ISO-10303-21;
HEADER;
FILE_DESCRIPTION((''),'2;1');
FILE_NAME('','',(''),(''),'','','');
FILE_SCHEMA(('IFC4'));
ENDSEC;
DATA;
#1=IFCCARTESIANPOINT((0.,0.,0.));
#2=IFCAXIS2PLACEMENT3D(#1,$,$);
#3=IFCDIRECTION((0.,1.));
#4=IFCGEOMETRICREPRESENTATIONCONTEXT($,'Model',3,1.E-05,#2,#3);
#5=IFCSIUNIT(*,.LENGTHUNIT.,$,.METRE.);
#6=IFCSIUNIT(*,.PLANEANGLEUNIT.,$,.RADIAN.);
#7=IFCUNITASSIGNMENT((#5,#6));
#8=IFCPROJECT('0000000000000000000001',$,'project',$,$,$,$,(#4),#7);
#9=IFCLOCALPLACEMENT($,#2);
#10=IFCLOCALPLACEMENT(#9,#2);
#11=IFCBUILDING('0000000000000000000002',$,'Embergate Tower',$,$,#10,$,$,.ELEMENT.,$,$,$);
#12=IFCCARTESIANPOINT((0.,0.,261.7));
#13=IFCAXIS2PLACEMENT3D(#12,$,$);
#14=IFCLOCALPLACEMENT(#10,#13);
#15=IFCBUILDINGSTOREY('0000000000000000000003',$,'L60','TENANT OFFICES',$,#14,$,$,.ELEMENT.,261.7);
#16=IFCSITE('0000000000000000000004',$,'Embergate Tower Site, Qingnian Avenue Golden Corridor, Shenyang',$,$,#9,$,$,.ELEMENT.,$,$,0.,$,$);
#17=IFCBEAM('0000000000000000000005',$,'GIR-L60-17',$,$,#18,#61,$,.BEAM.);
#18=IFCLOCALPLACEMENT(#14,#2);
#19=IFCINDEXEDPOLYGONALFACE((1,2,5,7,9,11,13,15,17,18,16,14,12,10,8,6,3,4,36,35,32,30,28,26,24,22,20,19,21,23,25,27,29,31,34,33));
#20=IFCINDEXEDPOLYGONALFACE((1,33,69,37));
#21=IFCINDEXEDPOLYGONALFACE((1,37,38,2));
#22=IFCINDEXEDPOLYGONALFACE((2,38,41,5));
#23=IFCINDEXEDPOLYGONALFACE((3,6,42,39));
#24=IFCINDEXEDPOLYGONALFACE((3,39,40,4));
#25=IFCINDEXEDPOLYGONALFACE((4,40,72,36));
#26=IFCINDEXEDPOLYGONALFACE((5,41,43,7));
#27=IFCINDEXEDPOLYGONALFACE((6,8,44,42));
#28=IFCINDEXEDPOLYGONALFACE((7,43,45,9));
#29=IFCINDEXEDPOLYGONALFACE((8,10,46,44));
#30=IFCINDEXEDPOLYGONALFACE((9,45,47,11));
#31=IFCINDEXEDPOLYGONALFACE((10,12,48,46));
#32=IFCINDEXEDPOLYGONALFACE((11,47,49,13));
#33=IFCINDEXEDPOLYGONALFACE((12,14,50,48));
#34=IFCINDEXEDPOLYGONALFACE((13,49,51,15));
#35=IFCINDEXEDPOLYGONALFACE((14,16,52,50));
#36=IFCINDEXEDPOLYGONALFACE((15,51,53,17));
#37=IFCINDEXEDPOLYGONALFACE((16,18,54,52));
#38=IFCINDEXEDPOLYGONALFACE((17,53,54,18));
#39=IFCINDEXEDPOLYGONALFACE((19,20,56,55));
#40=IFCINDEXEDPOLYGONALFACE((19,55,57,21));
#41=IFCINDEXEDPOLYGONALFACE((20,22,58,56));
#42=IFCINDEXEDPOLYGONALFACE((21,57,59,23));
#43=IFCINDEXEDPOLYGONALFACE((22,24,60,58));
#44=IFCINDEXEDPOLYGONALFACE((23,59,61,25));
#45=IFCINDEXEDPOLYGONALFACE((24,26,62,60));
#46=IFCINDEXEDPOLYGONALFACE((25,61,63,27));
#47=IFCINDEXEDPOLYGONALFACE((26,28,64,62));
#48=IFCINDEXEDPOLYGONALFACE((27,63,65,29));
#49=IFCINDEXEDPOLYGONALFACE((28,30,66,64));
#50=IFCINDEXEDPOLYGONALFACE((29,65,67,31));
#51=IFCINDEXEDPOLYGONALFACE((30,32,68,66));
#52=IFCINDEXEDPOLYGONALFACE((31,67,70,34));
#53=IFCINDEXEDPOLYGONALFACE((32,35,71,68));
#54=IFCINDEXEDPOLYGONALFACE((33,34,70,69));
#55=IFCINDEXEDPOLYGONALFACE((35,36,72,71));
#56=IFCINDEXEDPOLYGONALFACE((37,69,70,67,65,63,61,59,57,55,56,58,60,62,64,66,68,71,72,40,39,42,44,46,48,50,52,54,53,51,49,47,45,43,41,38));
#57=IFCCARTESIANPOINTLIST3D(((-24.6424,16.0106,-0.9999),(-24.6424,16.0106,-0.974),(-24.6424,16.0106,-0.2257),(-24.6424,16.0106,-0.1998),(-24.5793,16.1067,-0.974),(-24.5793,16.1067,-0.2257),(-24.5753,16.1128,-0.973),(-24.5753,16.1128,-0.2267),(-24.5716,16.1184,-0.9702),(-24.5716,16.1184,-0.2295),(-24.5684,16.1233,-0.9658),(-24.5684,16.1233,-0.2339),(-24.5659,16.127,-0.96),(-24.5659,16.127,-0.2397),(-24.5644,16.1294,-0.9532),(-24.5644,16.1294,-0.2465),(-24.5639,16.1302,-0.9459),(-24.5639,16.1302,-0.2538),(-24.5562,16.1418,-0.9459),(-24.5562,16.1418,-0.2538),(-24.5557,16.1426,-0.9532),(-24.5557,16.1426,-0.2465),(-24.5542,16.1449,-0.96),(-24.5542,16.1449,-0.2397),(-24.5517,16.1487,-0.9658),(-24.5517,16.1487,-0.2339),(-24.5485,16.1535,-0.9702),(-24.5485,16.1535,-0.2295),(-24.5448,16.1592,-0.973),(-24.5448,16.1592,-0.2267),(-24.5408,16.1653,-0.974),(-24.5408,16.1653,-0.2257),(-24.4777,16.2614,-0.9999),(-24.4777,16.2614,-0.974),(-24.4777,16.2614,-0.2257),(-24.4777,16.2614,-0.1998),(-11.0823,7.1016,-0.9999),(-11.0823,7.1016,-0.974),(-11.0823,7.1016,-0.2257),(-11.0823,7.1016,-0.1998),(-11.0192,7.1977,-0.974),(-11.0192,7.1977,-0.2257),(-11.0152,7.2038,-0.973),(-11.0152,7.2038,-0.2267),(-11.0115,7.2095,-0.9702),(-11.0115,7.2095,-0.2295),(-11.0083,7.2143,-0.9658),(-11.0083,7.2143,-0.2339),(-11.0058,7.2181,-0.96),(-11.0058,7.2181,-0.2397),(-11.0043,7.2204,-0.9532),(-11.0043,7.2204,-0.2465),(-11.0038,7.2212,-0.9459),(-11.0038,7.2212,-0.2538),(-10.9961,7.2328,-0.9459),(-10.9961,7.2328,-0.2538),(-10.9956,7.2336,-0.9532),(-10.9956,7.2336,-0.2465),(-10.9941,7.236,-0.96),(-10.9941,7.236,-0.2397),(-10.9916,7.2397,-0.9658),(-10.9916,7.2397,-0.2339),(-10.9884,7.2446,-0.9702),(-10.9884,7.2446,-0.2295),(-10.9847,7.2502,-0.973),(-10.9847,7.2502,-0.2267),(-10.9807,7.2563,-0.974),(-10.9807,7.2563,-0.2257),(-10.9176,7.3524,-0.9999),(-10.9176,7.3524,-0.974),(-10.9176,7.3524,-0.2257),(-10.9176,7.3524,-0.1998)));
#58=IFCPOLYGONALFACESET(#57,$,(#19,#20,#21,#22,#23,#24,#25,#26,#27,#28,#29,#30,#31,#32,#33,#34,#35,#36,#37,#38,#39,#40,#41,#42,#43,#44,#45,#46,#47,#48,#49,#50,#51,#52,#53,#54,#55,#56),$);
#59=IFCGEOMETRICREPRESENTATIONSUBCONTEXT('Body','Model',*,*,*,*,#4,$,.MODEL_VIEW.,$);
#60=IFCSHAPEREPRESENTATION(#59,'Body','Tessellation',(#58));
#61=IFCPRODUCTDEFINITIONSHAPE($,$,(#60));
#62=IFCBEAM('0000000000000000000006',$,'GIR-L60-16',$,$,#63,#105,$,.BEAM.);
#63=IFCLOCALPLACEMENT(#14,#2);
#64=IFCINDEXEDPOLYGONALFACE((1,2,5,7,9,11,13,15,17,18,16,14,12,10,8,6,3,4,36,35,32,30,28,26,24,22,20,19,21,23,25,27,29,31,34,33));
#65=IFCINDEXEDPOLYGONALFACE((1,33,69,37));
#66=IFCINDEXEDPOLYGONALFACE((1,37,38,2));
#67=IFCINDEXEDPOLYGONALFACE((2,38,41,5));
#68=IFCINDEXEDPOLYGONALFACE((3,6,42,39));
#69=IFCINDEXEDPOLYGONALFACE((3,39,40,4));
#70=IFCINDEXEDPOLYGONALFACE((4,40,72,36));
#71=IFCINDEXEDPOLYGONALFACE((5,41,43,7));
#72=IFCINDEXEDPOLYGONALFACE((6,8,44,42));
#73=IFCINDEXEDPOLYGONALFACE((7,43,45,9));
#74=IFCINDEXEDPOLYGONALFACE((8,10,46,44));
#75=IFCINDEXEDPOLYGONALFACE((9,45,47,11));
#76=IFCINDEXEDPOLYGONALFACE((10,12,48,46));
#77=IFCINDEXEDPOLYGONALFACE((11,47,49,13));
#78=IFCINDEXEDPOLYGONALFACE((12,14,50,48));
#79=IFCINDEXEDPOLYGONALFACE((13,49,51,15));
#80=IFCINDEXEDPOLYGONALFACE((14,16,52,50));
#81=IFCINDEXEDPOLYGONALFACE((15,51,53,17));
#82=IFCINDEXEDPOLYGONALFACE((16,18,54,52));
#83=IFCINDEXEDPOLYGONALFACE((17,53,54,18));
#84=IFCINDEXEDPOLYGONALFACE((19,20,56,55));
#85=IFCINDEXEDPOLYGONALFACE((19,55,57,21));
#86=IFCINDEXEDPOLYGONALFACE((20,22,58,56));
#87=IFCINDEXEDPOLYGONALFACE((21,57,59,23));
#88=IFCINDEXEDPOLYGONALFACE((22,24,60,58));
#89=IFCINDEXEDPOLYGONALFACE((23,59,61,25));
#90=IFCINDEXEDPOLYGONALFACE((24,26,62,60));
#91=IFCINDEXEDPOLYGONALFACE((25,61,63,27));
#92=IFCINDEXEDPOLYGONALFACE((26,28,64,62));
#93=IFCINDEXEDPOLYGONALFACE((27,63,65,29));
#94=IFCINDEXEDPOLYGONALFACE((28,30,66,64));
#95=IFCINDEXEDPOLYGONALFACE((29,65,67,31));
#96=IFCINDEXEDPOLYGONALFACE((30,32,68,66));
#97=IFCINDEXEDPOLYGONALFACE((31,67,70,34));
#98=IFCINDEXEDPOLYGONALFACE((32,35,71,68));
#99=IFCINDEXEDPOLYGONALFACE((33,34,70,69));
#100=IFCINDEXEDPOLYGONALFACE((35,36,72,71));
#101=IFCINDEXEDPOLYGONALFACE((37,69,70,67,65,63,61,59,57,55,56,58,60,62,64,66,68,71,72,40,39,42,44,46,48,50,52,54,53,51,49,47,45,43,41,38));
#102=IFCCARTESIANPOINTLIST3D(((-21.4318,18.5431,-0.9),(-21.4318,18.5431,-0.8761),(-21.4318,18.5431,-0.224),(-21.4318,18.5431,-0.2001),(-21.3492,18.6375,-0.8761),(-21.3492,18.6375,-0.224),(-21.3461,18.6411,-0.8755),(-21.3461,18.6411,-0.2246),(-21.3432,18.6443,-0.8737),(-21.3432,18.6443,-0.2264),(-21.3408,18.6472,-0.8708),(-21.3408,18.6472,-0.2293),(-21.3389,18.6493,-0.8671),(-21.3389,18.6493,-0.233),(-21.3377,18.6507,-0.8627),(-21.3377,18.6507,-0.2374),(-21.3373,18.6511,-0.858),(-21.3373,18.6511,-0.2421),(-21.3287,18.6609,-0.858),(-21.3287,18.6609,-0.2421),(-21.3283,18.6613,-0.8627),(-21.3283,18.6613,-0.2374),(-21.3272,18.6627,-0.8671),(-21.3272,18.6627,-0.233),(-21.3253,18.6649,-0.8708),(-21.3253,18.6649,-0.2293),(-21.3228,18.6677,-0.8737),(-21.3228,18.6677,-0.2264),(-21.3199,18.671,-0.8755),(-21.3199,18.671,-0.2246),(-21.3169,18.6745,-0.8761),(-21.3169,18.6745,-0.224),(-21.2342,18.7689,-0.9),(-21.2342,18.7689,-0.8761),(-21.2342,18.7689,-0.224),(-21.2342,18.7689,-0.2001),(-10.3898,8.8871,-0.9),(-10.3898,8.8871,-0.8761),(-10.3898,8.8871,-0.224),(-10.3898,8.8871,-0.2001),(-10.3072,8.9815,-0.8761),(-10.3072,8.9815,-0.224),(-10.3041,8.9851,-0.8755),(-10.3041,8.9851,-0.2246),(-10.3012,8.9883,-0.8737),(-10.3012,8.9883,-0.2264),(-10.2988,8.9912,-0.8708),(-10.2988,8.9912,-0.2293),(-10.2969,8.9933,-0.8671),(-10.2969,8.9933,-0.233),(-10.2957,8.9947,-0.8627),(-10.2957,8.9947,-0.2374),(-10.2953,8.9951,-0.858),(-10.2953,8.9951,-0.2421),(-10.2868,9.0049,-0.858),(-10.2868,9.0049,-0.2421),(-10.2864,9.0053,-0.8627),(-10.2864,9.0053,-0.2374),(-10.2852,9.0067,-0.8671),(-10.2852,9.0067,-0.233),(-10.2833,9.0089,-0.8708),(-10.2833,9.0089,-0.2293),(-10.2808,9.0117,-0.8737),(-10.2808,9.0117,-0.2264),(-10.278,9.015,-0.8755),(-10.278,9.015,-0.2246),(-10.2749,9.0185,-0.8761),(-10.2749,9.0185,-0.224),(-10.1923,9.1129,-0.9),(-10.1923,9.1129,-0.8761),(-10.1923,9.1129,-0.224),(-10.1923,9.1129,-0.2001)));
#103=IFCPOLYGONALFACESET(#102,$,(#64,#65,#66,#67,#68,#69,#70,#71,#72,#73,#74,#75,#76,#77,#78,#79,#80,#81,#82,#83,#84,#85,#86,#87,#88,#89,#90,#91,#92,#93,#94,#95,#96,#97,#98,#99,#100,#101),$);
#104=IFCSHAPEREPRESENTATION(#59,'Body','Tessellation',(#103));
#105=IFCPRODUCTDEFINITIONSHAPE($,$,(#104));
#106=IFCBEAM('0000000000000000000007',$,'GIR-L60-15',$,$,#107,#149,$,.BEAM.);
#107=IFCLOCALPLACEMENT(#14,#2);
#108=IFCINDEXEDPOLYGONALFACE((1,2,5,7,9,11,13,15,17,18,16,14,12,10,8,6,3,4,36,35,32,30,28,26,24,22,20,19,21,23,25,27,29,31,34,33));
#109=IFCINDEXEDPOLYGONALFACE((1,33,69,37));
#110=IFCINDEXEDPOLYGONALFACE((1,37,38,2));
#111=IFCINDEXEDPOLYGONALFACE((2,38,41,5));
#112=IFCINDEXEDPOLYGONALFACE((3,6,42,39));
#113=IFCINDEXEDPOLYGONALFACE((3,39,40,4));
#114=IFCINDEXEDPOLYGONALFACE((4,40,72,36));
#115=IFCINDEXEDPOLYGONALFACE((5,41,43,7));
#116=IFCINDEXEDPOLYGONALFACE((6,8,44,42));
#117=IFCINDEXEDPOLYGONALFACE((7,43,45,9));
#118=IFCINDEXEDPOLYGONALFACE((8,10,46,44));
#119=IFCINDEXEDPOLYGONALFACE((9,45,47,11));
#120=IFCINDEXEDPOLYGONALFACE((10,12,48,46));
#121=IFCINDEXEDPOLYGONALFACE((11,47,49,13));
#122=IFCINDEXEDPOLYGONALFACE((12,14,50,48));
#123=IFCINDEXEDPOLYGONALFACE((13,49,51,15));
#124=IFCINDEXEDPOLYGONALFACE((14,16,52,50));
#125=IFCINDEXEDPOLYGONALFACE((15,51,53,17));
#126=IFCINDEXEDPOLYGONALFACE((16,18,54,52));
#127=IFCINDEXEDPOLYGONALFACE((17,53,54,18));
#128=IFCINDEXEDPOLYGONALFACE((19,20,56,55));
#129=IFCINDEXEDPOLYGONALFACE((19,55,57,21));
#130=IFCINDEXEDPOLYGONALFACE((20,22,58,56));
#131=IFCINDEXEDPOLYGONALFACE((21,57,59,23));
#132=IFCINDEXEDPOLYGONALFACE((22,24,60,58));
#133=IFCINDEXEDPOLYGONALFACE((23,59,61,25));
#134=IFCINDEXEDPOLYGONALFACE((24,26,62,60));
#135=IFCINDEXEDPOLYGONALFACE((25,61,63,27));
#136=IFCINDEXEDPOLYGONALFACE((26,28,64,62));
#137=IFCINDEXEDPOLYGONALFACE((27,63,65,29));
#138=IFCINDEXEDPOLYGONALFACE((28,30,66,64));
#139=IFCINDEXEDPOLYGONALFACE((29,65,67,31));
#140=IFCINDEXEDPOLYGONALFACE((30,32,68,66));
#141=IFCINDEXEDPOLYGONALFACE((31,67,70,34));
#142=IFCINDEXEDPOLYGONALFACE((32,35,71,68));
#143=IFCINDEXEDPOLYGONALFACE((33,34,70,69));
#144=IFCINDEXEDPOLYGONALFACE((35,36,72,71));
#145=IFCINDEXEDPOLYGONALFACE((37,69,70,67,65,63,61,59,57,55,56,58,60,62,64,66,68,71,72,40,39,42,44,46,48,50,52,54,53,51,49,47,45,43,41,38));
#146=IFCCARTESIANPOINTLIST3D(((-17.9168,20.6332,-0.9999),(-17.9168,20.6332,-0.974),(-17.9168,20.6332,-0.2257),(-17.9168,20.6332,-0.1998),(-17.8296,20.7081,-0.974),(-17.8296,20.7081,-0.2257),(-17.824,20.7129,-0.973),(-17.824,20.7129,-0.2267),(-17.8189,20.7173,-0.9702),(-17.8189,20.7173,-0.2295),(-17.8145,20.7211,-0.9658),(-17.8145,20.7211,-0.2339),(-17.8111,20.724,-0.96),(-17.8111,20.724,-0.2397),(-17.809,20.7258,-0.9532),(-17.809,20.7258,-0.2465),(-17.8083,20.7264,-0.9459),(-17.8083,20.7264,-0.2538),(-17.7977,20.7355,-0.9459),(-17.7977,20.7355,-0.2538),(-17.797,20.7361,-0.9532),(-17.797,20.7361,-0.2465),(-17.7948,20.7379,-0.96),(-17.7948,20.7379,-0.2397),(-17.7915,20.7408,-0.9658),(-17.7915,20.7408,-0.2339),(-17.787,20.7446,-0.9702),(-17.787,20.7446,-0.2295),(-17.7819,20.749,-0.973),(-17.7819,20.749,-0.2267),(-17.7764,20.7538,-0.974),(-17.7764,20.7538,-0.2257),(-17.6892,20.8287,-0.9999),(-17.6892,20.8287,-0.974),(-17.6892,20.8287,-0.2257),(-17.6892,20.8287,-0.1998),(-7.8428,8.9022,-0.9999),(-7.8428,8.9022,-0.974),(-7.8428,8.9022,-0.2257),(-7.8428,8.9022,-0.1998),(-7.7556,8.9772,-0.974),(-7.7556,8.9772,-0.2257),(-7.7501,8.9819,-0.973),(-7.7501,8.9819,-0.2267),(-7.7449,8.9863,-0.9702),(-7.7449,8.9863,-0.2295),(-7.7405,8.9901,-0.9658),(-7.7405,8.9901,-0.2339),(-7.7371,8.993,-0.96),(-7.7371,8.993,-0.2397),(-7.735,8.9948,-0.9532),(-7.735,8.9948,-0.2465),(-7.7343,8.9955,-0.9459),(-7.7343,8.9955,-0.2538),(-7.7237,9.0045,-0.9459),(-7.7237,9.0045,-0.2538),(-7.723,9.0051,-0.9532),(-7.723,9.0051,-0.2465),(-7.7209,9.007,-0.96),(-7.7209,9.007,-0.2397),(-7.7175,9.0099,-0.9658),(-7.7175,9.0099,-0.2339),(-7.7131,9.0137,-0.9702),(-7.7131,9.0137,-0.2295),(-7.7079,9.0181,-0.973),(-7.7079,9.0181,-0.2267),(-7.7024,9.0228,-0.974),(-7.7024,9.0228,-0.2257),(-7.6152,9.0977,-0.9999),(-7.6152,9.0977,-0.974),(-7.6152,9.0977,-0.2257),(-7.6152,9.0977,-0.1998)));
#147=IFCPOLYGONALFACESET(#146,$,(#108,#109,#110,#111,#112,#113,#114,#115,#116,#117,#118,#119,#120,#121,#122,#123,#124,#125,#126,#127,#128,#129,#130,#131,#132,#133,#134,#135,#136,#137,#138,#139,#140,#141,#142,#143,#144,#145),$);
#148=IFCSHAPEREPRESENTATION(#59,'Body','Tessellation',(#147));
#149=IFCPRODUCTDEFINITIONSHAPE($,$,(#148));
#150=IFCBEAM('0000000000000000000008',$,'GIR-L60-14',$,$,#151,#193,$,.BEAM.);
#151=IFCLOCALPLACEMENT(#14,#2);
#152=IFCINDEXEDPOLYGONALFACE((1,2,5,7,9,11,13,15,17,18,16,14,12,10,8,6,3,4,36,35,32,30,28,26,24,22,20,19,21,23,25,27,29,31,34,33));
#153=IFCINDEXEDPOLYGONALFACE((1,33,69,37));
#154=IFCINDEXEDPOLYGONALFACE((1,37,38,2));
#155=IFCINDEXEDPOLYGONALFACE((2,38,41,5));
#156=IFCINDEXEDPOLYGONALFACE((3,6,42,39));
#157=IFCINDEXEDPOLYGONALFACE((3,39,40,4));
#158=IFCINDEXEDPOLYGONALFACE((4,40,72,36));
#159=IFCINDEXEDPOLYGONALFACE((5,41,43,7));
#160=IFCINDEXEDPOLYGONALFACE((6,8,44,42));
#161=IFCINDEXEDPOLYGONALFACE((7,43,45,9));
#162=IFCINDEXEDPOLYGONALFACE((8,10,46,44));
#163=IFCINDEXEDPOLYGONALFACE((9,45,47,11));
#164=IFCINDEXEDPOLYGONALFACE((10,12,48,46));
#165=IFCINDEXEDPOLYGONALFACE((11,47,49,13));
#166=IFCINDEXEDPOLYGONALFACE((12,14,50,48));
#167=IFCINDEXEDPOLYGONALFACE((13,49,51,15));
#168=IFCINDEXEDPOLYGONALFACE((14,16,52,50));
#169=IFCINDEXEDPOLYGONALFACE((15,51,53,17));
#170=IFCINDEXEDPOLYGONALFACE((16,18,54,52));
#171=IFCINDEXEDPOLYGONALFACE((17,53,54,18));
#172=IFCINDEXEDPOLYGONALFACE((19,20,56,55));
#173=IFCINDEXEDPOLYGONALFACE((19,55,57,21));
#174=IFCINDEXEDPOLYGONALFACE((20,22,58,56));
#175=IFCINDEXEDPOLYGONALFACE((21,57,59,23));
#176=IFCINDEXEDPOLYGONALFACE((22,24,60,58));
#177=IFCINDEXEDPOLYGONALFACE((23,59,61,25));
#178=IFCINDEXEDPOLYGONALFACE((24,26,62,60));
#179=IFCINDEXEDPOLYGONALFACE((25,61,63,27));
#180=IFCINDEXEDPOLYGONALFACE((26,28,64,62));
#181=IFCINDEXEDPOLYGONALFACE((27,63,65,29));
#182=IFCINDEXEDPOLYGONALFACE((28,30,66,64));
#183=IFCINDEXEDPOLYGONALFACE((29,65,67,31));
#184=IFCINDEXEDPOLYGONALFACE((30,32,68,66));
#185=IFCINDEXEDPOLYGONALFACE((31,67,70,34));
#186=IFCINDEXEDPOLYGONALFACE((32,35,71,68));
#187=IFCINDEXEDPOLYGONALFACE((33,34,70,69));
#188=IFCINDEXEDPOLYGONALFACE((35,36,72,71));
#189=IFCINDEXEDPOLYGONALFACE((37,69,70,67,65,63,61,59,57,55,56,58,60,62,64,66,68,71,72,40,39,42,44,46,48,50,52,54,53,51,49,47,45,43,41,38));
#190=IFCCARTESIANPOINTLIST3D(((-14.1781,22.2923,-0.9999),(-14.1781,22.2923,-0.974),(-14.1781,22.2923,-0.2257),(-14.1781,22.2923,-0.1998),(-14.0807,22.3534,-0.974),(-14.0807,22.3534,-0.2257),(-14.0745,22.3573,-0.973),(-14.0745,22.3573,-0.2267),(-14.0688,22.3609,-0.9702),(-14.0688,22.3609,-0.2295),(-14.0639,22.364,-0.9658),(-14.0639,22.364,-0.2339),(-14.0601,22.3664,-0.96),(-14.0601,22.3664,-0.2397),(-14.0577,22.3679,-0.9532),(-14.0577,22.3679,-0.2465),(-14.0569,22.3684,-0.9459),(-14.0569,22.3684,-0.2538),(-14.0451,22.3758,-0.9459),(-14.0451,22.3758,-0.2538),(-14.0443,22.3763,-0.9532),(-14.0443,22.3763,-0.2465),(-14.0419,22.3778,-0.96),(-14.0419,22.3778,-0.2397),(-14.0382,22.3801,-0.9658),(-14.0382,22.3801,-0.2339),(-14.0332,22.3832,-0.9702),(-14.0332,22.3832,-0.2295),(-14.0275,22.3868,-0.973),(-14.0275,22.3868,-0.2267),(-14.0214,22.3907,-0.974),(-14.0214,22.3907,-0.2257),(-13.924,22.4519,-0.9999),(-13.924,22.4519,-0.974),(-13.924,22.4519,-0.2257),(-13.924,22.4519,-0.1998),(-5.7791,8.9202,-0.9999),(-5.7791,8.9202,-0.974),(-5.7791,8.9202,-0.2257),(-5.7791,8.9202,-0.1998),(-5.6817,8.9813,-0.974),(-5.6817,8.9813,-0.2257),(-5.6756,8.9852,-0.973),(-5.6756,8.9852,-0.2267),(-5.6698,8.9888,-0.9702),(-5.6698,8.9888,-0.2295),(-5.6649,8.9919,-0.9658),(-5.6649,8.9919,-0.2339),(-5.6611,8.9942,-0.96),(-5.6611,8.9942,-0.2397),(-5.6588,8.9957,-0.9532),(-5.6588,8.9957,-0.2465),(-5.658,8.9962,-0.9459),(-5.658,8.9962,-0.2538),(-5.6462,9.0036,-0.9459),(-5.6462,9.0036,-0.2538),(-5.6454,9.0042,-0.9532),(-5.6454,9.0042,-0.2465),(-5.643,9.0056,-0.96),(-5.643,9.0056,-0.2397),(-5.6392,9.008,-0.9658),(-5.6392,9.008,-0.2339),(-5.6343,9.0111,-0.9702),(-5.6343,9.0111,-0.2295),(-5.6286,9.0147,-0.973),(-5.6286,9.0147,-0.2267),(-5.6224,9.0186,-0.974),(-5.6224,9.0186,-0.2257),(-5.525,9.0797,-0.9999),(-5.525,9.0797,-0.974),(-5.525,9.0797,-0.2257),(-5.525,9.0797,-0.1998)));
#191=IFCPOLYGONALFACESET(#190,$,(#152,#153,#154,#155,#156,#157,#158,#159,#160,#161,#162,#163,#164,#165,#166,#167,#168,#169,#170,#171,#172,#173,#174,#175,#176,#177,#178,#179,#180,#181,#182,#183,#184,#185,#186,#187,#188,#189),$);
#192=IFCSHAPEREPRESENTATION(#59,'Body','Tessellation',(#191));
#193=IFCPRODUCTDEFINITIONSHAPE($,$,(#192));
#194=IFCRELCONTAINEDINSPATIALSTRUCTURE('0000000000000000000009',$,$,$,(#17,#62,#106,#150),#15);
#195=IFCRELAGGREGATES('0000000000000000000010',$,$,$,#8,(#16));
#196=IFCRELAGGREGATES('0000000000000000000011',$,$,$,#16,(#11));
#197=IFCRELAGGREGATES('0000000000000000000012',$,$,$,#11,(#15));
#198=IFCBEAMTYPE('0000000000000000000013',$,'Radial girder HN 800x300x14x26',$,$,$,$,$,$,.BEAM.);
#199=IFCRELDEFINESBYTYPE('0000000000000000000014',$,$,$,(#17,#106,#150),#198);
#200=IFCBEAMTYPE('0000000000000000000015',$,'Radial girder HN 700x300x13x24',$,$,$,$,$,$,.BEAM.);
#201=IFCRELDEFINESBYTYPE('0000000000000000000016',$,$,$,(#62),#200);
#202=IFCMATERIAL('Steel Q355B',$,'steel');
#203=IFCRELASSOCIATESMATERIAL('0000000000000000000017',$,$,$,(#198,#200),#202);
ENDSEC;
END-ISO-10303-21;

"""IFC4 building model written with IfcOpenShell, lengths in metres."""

from ifc_helpers import new_model, si_unit, direction, frame, origin, origin_2d, place, context, subcontext, project, spatial, i_section, extrude, source, transform, mapped, material, material_profile, profile_set, type_object, element, save


model = new_model("IFC4")

# Units and contexts
model_context = context("Model", 3, precision=1e-05, world=origin(), true_north=direction((0.0, 1.0)))
body_context = subcontext(model_context, "Body", "Model", "MODEL_VIEW")
ifc_project = project(units=[si_unit("LENGTHUNIT", "METRE"), si_unit("PLANEANGLEUNIT", "RADIAN")], contexts=[model_context])

# Site, building, storey
site_placement = place(None, origin())
site = spatial("IfcSite", under=ifc_project, at=site_placement, Name="Embergate Tower Site, Qingnian Avenue Golden Corridor, Shenyang", CompositionType="ELEMENT", RefElevation=0.0)
building_placement = place(site_placement, origin())
building = spatial("IfcBuilding", under=site, at=building_placement, Name="Embergate Tower", CompositionType="ELEMENT")
storey_placement = place(building_placement, frame((0.0, 0.0, 261.7)))
storey = spatial("IfcBuildingStorey", under=building, at=storey_placement, Name="L60", Description="TENANT OFFICES", CompositionType="ELEMENT", Elevation=261.7)

# Beams
ifc_material_1 = material(Name="Steel Q355B", Category="steel")
ifc_material_profile_1 = material_profile(ifc_material_1, i_section(OverallWidth=0.3, OverallDepth=0.8, WebThickness=0.0139, FlangeThickness=0.0259, FilletRadius=0.0281, at=origin_2d()), Name="HN 800x300x14x26")
ifc_profile_set_1 = profile_set([ifc_material_profile_1], Name="Steel Q355 grade B")
beam_type_1 = type_object("IfcBeamType", Name="Radial girder HN 800x300x14x26", PredefinedType="BEAM", material=ifc_profile_set_1)
shared_shape_1 = source(origin(), body_context, "Body", "SweptSolid", [
    extrude(i_section(OverallWidth=0.3, OverallDepth=0.8, WebThickness=0.0139, FlangeThickness=0.0259, FilletRadius=0.0281, at=origin_2d()), origin(), (0.0, 0.0, 1.0), 16.2249),
])
beam_1_placement = place(storey_placement, frame((-24.5601, 16.136, -0.5999), z_axis=(0.835761, -0.549094, 0.0), x_axis=(0.549094, 0.835761, 0.0)))
element("IfcBeam", 1, at=beam_1_placement, inside=storey, type_object=beam_type_1, Name="GIR-L60-17", PredefinedType="BEAM", context=body_context, shape_type="MappedRepresentation", body=[
    mapped(shared_shape_1, transform((0.0, 0.0, 0.0))),
])
ifc_material_profile_2 = material_profile(ifc_material_1, i_section(OverallWidth=0.3, OverallDepth=0.7, WebThickness=0.0129, FlangeThickness=0.0239, FilletRadius=0.0181, at=origin_2d()), Name="HN 700x300x13x24")
ifc_profile_set_2 = profile_set([ifc_material_profile_2], Name="Steel Q355 grade B")
beam_type_2 = type_object("IfcBeamType", Name="Radial girder HN 700x300x13x24", PredefinedType="BEAM", material=ifc_profile_set_2)
shared_shape_2 = source(origin(), body_context, "Body", "SweptSolid", [
    extrude(i_section(OverallWidth=0.3, OverallDepth=0.7, WebThickness=0.0129, FlangeThickness=0.0239, FilletRadius=0.0181, at=origin_2d()), origin(), (0.0, 0.0, 1.0), 14.6685),
])
beam_2_placement = place(storey_placement, frame((-21.333, 18.656, -0.55), z_axis=(0.75277, -0.658283, 0.0), x_axis=(0.658283, 0.75277, 0.0)))
element("IfcBeam", 2, at=beam_2_placement, inside=storey, type_object=beam_type_2, Name="GIR-L60-16", PredefinedType="BEAM", context=body_context, shape_type="MappedRepresentation", body=[
    mapped(shared_shape_2, transform((0.0, 0.0, 0.0))),
])
shared_shape_3 = source(origin(), body_context, "Body", "SweptSolid", [
    extrude(i_section(OverallWidth=0.3, OverallDepth=0.8, WebThickness=0.0139, FlangeThickness=0.0259, FilletRadius=0.0281, at=origin_2d()), origin(), (0.0, 0.0, 1.0), 15.4629),
])
beam_3_placement = place(storey_placement, frame((-17.803, 20.731, -0.5999), z_axis=(0.651495, -0.758653, 0.0), x_axis=(0.758653, 0.651495, 0.0)))
element("IfcBeam", 3, at=beam_3_placement, inside=storey, type_object=beam_type_1, Name="GIR-L60-15", PredefinedType="BEAM", context=body_context, shape_type="MappedRepresentation", body=[
    mapped(shared_shape_3, transform((0.0, 0.0, 0.0))),
])
shared_shape_4 = source(origin(), body_context, "Body", "SweptSolid", [
    extrude(i_section(OverallWidth=0.3, OverallDepth=0.8, WebThickness=0.0139, FlangeThickness=0.0259, FilletRadius=0.0281, at=origin_2d()), origin(), (0.0, 0.0, 1.0), 15.791),
])
beam_4_placement = place(storey_placement, frame((-14.051, 22.3721, -0.5999), z_axis=(0.531882, -0.846818, 0.0), x_axis=(0.846818, 0.531882, 0.0)))
element("IfcBeam", 4, at=beam_4_placement, inside=storey, type_object=beam_type_1, Name="GIR-L60-14", PredefinedType="BEAM", context=body_context, shape_type="MappedRepresentation", body=[
    mapped(shared_shape_4, transform((0.0, 0.0, 0.0))),
])

save(model, "model.ifc")
